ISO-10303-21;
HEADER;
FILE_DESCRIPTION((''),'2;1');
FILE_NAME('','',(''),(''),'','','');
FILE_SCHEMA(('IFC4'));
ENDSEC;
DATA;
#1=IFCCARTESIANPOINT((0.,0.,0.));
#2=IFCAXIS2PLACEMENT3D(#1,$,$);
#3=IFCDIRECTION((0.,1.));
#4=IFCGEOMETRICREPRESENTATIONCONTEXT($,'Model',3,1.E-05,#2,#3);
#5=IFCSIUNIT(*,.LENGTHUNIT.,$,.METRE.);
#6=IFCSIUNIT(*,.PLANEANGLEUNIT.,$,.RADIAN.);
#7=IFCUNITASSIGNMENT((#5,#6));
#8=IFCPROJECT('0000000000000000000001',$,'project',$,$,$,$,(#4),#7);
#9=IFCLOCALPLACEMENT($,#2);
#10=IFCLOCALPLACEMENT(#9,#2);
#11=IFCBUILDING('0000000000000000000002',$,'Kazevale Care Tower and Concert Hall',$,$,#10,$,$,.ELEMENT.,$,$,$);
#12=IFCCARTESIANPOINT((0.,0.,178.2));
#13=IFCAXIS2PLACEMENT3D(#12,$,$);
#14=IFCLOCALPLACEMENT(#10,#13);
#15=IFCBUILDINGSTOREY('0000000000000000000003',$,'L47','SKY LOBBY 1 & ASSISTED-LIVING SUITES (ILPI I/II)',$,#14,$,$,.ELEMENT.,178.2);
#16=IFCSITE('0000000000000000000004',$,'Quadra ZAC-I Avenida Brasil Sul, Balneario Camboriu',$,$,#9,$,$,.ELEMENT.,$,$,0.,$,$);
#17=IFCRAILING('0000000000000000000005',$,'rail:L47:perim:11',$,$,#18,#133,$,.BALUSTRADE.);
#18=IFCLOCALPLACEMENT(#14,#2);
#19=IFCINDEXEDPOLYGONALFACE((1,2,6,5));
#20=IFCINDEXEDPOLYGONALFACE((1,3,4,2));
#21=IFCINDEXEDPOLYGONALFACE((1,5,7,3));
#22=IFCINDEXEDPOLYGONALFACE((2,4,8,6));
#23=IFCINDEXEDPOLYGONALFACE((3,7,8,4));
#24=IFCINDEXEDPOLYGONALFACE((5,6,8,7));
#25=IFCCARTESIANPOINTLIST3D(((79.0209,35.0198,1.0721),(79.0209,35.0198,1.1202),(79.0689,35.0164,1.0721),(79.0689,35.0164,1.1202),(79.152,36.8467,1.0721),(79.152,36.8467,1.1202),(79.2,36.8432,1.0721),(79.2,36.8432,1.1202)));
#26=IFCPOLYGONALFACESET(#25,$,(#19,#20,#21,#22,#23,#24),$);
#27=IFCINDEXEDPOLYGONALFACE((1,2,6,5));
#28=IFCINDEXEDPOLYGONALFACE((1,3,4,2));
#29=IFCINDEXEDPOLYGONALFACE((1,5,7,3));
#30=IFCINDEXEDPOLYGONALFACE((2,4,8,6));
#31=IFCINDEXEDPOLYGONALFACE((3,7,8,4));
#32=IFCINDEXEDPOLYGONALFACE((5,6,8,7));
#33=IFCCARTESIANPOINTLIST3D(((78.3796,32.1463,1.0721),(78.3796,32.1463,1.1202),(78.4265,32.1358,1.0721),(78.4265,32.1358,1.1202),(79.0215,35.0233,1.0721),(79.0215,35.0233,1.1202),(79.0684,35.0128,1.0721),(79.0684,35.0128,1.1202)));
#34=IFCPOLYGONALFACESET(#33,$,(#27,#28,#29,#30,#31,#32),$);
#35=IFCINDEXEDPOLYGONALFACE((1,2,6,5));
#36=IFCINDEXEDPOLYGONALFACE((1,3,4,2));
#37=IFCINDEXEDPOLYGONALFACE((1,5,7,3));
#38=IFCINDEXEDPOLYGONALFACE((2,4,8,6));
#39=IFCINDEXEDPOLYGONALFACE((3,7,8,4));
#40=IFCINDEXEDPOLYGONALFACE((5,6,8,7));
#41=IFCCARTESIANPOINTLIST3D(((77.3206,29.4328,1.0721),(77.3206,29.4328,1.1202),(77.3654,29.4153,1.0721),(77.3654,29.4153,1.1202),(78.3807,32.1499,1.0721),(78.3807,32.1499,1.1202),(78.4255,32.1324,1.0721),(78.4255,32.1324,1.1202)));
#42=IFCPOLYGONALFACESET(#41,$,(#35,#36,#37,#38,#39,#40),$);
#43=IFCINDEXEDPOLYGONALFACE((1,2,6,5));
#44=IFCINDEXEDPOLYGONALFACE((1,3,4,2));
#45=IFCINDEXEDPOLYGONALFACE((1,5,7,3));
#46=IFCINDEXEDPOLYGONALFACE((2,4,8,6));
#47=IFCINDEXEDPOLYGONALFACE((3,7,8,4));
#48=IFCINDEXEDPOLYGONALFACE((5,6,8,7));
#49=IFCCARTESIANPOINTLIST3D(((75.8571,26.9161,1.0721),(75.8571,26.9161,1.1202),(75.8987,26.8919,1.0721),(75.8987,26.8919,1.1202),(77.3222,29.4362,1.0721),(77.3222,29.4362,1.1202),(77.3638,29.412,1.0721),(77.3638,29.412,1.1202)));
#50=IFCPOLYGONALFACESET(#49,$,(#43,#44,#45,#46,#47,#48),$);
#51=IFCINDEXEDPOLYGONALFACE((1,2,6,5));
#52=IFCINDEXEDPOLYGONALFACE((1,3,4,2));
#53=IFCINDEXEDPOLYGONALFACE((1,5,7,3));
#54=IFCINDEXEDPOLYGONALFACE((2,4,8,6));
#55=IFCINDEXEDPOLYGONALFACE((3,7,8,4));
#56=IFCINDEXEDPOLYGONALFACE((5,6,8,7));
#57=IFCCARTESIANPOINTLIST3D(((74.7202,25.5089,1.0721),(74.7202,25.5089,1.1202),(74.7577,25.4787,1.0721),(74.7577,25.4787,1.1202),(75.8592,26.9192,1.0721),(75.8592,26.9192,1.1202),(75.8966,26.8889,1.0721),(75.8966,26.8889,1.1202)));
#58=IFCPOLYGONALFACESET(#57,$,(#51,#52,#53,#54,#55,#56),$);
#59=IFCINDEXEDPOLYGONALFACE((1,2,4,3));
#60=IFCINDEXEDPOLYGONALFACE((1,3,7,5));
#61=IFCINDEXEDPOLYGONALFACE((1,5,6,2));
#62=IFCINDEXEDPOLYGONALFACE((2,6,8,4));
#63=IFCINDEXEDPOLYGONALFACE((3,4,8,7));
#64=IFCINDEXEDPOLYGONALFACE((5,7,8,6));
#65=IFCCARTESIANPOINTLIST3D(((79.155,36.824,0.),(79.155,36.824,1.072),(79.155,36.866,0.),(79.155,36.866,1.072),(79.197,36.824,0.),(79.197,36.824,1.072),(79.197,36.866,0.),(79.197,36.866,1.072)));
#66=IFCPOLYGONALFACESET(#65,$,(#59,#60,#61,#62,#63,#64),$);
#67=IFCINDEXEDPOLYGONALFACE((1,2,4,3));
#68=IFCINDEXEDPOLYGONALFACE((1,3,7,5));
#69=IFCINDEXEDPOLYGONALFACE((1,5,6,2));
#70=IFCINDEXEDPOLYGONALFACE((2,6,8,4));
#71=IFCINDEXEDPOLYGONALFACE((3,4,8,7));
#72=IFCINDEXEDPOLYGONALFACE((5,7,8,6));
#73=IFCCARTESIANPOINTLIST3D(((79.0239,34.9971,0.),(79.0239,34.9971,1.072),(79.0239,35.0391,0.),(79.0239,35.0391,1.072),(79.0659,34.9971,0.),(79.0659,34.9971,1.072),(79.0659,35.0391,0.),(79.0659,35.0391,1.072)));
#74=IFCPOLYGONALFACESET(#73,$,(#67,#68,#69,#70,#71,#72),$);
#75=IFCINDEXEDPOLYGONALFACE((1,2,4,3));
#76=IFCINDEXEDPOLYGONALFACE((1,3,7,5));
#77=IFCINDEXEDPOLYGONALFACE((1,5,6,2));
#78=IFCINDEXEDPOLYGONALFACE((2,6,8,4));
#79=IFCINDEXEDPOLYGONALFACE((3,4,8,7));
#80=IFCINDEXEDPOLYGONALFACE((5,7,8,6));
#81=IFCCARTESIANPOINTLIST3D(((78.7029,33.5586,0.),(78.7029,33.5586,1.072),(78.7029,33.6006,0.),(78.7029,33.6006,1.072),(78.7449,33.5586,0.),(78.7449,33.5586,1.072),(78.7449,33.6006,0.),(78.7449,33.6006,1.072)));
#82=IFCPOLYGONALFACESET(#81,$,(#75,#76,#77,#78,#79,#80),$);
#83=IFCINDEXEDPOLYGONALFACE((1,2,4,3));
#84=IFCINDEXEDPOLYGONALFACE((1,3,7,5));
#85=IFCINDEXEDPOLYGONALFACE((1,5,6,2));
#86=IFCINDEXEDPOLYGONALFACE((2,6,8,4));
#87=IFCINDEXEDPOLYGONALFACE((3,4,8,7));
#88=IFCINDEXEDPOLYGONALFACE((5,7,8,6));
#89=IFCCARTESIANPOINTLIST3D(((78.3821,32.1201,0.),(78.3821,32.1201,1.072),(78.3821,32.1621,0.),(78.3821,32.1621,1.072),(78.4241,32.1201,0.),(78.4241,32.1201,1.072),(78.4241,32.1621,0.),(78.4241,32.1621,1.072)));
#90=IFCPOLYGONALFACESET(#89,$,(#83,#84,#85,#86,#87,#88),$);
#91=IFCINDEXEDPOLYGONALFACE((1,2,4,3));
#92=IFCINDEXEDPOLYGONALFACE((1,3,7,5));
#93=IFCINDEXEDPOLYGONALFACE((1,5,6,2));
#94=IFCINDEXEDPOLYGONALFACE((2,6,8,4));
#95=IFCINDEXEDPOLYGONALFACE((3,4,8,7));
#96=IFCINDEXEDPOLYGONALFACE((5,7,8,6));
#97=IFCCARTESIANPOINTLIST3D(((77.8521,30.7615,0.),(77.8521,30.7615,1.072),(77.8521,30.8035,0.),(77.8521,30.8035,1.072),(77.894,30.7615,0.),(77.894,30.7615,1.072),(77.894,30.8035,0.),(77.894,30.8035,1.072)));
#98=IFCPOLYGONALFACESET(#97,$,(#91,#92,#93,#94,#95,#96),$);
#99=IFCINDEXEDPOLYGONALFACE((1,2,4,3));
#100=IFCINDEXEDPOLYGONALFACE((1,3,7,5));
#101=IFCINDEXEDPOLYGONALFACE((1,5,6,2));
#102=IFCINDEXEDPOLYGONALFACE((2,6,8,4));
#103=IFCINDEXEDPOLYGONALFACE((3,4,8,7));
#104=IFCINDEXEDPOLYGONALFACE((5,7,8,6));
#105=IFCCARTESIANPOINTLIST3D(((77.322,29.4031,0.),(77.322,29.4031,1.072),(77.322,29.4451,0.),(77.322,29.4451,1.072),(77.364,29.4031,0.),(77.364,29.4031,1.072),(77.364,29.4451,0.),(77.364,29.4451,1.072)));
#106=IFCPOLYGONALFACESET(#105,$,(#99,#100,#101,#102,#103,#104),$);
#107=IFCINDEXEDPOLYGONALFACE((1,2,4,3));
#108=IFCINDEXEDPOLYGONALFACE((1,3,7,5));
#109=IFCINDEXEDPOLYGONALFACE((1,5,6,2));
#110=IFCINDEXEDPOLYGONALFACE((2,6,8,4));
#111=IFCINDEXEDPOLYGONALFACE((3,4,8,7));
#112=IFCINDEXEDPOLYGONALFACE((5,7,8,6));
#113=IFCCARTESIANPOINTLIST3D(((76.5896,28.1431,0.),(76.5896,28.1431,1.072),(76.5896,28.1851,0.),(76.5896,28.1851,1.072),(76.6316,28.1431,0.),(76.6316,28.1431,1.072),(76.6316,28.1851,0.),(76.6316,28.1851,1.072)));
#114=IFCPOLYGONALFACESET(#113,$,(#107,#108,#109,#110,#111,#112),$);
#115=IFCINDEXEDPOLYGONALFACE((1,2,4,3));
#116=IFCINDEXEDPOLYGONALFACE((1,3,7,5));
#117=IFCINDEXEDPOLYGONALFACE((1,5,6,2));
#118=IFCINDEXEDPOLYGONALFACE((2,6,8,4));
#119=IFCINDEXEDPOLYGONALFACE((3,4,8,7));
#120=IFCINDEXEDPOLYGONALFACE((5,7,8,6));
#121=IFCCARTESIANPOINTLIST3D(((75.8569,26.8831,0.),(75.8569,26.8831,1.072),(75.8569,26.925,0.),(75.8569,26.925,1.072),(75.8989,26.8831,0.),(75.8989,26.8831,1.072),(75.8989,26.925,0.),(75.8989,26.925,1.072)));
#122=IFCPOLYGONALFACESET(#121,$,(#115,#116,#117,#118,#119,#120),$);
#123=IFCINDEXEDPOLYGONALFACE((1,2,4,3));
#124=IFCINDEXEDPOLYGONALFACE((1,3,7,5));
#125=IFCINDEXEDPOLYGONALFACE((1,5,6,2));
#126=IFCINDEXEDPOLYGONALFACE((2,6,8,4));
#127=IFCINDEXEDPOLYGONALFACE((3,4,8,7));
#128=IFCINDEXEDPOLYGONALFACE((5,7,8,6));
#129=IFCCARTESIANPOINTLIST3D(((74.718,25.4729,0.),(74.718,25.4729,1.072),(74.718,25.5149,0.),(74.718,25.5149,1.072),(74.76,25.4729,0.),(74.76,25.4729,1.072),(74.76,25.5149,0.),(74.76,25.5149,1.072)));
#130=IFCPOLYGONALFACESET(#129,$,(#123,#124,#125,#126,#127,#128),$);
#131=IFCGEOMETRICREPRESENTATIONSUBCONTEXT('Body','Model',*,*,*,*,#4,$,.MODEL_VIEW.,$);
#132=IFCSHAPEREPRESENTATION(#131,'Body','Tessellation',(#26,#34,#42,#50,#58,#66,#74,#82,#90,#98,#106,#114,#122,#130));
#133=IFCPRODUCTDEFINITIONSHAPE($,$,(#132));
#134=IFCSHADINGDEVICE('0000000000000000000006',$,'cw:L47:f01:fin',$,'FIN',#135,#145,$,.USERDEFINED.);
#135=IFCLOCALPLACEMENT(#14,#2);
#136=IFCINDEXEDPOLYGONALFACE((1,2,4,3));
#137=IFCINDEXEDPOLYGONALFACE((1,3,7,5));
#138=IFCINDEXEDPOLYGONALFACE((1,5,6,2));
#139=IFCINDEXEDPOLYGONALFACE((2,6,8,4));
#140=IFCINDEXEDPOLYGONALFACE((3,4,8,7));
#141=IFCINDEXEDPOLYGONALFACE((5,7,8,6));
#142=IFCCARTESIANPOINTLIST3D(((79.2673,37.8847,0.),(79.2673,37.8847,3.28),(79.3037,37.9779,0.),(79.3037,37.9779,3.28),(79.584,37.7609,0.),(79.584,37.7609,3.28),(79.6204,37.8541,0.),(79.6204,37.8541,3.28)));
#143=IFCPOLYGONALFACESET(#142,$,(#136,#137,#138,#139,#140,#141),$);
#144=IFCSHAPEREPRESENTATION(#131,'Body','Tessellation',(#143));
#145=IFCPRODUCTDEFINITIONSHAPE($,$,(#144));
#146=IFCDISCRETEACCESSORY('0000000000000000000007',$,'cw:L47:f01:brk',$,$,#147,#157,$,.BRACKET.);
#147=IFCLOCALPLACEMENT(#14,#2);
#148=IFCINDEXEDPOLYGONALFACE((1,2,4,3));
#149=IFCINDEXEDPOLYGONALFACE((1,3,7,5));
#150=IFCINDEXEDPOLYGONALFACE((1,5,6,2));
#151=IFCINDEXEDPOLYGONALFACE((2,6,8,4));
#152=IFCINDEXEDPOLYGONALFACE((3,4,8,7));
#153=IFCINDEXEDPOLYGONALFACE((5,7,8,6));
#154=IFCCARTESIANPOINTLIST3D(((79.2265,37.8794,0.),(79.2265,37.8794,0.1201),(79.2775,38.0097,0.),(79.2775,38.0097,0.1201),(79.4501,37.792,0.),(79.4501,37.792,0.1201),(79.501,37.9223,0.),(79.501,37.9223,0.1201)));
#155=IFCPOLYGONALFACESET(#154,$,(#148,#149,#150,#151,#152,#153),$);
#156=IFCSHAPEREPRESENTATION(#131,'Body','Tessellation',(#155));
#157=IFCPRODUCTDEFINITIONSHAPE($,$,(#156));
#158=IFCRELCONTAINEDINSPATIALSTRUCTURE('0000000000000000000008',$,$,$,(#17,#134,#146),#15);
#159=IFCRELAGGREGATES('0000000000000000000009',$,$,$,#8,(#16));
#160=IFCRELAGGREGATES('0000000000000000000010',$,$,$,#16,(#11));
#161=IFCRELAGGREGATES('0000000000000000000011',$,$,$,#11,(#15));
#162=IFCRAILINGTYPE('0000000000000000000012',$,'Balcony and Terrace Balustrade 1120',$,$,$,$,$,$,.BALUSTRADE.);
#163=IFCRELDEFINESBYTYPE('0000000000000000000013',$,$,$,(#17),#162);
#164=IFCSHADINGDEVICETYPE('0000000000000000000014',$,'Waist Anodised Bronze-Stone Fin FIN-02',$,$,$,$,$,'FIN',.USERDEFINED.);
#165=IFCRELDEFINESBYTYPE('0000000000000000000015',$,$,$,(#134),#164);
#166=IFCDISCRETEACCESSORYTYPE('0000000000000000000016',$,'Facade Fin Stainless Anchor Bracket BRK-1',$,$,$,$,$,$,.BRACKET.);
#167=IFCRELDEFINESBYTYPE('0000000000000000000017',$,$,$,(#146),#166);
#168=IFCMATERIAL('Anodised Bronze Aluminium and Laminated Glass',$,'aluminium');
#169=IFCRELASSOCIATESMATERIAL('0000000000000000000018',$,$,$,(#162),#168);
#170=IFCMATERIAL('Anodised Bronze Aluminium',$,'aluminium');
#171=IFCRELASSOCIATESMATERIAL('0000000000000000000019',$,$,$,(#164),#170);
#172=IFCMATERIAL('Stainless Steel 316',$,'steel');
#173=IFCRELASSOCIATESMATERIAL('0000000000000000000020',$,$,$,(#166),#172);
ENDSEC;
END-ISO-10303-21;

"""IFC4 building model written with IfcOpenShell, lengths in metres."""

from ifc_helpers import new_model, si_unit, direction, frame, origin, origin_2d, place, context, subcontext, project, spatial, rectangle, extrude, material, type_object, element, save


model = new_model("IFC4")

# Units and contexts
model_context = context("Model", 3, precision=1e-05, world=origin(), true_north=direction((0.0, 1.0)))
body_context = subcontext(model_context, "Body", "Model", "MODEL_VIEW")
ifc_project = project(units=[si_unit("LENGTHUNIT", "METRE"), si_unit("PLANEANGLEUNIT", "RADIAN")], contexts=[model_context])

# Site, building, storey
site_placement = place(None, origin())
site = spatial("IfcSite", under=ifc_project, at=site_placement, Name="Quadra ZAC-I Avenida Brasil Sul, Balneario Camboriu", CompositionType="ELEMENT", RefElevation=0.0)
building_placement = place(site_placement, origin())
building = spatial("IfcBuilding", under=site, at=building_placement, Name="Kazevale Care Tower and Concert Hall", CompositionType="ELEMENT")
storey_placement = place(building_placement, frame((0.0, 0.0, 178.2)))
storey = spatial("IfcBuildingStorey", under=building, at=storey_placement, Name="L47", Description="SKY LOBBY 1 & ASSISTED-LIVING SUITES (ILPI I/II)", CompositionType="ELEMENT", Elevation=178.2)

# Railing
ifc_material_1 = material(Name="Anodised Bronze Aluminium and Laminated Glass", Category="aluminium")
railing_type = type_object("IfcRailingType", Name="Balcony and Terrace Balustrade 1120", PredefinedType="BALUSTRADE", material=ifc_material_1)
railing_placement = place(storey_placement, frame((79.176, 36.845, 0.0)))
element("IfcRailing", 1, at=railing_placement, inside=storey, type_object=railing_type, Name="rail:L47:perim:11", PredefinedType="BALUSTRADE", context=body_context, shape_type="SweptSolid", body=[
    extrude(rectangle(XDim=0.0481, YDim=0.0481, at=origin_2d()), frame((0.0, 0.0, 1.0962), z_axis=(-0.071579, -0.997435, 0.0), x_axis=(0.997435, -0.071579, 0.0)), (0.0, 0.0, 1.0), 1.8315),
    extrude(rectangle(XDim=0.0481, YDim=0.0481, at=origin_2d()), frame((-0.1311, -1.8269, 1.0962), z_axis=(-0.217746, -0.976005, 0.0), x_axis=(0.976005, -0.217746, 0.0)), (0.0, 0.0, 1.0), 2.9478),
    extrude(rectangle(XDim=0.0481, YDim=0.0481, at=origin_2d()), frame((-0.7729, -4.7039, 1.0962), z_axis=(-0.363468, -0.931607, 0.0), x_axis=(0.931607, -0.363468, 0.0)), (0.0, 0.0, 1.0), 2.9165),
    extrude(rectangle(XDim=0.0481, YDim=0.0481, at=origin_2d()), frame((-1.833, -7.4209, 1.0962), z_axis=(-0.50261, -0.864513, 0.0), x_axis=(0.864513, -0.50261, 0.0)), (0.0, 0.0, 1.0), 2.915),
    extrude(rectangle(XDim=0.0481, YDim=0.0481, at=origin_2d()), frame((-3.2981, -9.9409, 1.0962), z_axis=(-0.628318, -0.777956, 0.0), x_axis=(0.777956, -0.628318, 0.0)), (0.0, 0.0, 1.0), 1.8127),
    extrude(rectangle(XDim=0.042, YDim=0.042, at=origin_2d()), origin(), (0.0, 0.0, 1.0), 1.072),
    extrude(rectangle(XDim=0.042, YDim=0.042, at=origin_2d()), frame((-0.1311, -1.8269, 0.0)), (0.0, 0.0, 1.0), 1.072),
    extrude(rectangle(XDim=0.042, YDim=0.042, at=origin_2d()), frame((-0.4521, -3.2654, 0.0)), (0.0, 0.0, 1.0), 1.072),
    extrude(rectangle(XDim=0.042, YDim=0.042, at=origin_2d()), frame((-0.7729, -4.7039, 0.0)), (0.0, 0.0, 1.0), 1.072),
    extrude(rectangle(XDim=0.042, YDim=0.042, at=origin_2d()), frame((-1.303, -6.0625, 0.0)), (0.0, 0.0, 1.0), 1.072),
    extrude(rectangle(XDim=0.042, YDim=0.042, at=origin_2d()), frame((-1.833, -7.4209, 0.0)), (0.0, 0.0, 1.0), 1.072),
    extrude(rectangle(XDim=0.042, YDim=0.042, at=origin_2d()), frame((-2.5654, -8.6809, 0.0)), (0.0, 0.0, 1.0), 1.072),
    extrude(rectangle(XDim=0.042, YDim=0.042, at=origin_2d()), frame((-3.2981, -9.9409, 0.0)), (0.0, 0.0, 1.0), 1.072),
    extrude(rectangle(XDim=0.042, YDim=0.042, at=origin_2d()), frame((-4.437, -11.3511, 0.0)), (0.0, 0.0, 1.0), 1.072),
])

# Shading device
ifc_material_2 = material(Name="Anodised Bronze Aluminium", Category="aluminium")
shading_device_type = type_object("IfcShadingDeviceType", Name="Waist Anodised Bronze-Stone Fin FIN-02", ElementType="FIN", PredefinedType="USERDEFINED", material=ifc_material_2)
shading_device_placement = place(storey_placement, frame((79.4438, 37.8694, 0.0), z_axis=(0.0, 0.0, 1.0), x_axis=(0.931374, -0.364064, 0.0)))
element("IfcShadingDevice", 2, at=shading_device_placement, inside=storey, type_object=shading_device_type, Name="cw:L47:f01:fin", ObjectType="FIN", PredefinedType="USERDEFINED", context=body_context, shape_type="SweptSolid", body=[
    extrude(rectangle(XDim=0.3401, YDim=0.1001, at=origin_2d()), origin(), (0.0, 0.0, 1.0), 3.28),
])

# Discrete accessory
ifc_material_3 = material(Name="Stainless Steel 316", Category="steel")
discrete_accessory_type = type_object("IfcDiscreteAccessoryType", Name="Facade Fin Stainless Anchor Bracket BRK-1", PredefinedType="BRACKET", material=ifc_material_3)
discrete_accessory_placement = place(storey_placement, frame((79.3638, 37.9009, 0.0), z_axis=(0.0, 0.0, 1.0), x_axis=(0.931374, -0.364064, 0.0)))
element("IfcDiscreteAccessory", 3, at=discrete_accessory_placement, inside=storey, type_object=discrete_accessory_type, Name="cw:L47:f01:brk", PredefinedType="BRACKET", context=body_context, shape_type="SweptSolid", body=[
    extrude(rectangle(XDim=0.24, YDim=0.1399, at=origin_2d()), origin(), (0.0, 0.0, 1.0), 0.1201),
])

save(model, "model.ifc")
